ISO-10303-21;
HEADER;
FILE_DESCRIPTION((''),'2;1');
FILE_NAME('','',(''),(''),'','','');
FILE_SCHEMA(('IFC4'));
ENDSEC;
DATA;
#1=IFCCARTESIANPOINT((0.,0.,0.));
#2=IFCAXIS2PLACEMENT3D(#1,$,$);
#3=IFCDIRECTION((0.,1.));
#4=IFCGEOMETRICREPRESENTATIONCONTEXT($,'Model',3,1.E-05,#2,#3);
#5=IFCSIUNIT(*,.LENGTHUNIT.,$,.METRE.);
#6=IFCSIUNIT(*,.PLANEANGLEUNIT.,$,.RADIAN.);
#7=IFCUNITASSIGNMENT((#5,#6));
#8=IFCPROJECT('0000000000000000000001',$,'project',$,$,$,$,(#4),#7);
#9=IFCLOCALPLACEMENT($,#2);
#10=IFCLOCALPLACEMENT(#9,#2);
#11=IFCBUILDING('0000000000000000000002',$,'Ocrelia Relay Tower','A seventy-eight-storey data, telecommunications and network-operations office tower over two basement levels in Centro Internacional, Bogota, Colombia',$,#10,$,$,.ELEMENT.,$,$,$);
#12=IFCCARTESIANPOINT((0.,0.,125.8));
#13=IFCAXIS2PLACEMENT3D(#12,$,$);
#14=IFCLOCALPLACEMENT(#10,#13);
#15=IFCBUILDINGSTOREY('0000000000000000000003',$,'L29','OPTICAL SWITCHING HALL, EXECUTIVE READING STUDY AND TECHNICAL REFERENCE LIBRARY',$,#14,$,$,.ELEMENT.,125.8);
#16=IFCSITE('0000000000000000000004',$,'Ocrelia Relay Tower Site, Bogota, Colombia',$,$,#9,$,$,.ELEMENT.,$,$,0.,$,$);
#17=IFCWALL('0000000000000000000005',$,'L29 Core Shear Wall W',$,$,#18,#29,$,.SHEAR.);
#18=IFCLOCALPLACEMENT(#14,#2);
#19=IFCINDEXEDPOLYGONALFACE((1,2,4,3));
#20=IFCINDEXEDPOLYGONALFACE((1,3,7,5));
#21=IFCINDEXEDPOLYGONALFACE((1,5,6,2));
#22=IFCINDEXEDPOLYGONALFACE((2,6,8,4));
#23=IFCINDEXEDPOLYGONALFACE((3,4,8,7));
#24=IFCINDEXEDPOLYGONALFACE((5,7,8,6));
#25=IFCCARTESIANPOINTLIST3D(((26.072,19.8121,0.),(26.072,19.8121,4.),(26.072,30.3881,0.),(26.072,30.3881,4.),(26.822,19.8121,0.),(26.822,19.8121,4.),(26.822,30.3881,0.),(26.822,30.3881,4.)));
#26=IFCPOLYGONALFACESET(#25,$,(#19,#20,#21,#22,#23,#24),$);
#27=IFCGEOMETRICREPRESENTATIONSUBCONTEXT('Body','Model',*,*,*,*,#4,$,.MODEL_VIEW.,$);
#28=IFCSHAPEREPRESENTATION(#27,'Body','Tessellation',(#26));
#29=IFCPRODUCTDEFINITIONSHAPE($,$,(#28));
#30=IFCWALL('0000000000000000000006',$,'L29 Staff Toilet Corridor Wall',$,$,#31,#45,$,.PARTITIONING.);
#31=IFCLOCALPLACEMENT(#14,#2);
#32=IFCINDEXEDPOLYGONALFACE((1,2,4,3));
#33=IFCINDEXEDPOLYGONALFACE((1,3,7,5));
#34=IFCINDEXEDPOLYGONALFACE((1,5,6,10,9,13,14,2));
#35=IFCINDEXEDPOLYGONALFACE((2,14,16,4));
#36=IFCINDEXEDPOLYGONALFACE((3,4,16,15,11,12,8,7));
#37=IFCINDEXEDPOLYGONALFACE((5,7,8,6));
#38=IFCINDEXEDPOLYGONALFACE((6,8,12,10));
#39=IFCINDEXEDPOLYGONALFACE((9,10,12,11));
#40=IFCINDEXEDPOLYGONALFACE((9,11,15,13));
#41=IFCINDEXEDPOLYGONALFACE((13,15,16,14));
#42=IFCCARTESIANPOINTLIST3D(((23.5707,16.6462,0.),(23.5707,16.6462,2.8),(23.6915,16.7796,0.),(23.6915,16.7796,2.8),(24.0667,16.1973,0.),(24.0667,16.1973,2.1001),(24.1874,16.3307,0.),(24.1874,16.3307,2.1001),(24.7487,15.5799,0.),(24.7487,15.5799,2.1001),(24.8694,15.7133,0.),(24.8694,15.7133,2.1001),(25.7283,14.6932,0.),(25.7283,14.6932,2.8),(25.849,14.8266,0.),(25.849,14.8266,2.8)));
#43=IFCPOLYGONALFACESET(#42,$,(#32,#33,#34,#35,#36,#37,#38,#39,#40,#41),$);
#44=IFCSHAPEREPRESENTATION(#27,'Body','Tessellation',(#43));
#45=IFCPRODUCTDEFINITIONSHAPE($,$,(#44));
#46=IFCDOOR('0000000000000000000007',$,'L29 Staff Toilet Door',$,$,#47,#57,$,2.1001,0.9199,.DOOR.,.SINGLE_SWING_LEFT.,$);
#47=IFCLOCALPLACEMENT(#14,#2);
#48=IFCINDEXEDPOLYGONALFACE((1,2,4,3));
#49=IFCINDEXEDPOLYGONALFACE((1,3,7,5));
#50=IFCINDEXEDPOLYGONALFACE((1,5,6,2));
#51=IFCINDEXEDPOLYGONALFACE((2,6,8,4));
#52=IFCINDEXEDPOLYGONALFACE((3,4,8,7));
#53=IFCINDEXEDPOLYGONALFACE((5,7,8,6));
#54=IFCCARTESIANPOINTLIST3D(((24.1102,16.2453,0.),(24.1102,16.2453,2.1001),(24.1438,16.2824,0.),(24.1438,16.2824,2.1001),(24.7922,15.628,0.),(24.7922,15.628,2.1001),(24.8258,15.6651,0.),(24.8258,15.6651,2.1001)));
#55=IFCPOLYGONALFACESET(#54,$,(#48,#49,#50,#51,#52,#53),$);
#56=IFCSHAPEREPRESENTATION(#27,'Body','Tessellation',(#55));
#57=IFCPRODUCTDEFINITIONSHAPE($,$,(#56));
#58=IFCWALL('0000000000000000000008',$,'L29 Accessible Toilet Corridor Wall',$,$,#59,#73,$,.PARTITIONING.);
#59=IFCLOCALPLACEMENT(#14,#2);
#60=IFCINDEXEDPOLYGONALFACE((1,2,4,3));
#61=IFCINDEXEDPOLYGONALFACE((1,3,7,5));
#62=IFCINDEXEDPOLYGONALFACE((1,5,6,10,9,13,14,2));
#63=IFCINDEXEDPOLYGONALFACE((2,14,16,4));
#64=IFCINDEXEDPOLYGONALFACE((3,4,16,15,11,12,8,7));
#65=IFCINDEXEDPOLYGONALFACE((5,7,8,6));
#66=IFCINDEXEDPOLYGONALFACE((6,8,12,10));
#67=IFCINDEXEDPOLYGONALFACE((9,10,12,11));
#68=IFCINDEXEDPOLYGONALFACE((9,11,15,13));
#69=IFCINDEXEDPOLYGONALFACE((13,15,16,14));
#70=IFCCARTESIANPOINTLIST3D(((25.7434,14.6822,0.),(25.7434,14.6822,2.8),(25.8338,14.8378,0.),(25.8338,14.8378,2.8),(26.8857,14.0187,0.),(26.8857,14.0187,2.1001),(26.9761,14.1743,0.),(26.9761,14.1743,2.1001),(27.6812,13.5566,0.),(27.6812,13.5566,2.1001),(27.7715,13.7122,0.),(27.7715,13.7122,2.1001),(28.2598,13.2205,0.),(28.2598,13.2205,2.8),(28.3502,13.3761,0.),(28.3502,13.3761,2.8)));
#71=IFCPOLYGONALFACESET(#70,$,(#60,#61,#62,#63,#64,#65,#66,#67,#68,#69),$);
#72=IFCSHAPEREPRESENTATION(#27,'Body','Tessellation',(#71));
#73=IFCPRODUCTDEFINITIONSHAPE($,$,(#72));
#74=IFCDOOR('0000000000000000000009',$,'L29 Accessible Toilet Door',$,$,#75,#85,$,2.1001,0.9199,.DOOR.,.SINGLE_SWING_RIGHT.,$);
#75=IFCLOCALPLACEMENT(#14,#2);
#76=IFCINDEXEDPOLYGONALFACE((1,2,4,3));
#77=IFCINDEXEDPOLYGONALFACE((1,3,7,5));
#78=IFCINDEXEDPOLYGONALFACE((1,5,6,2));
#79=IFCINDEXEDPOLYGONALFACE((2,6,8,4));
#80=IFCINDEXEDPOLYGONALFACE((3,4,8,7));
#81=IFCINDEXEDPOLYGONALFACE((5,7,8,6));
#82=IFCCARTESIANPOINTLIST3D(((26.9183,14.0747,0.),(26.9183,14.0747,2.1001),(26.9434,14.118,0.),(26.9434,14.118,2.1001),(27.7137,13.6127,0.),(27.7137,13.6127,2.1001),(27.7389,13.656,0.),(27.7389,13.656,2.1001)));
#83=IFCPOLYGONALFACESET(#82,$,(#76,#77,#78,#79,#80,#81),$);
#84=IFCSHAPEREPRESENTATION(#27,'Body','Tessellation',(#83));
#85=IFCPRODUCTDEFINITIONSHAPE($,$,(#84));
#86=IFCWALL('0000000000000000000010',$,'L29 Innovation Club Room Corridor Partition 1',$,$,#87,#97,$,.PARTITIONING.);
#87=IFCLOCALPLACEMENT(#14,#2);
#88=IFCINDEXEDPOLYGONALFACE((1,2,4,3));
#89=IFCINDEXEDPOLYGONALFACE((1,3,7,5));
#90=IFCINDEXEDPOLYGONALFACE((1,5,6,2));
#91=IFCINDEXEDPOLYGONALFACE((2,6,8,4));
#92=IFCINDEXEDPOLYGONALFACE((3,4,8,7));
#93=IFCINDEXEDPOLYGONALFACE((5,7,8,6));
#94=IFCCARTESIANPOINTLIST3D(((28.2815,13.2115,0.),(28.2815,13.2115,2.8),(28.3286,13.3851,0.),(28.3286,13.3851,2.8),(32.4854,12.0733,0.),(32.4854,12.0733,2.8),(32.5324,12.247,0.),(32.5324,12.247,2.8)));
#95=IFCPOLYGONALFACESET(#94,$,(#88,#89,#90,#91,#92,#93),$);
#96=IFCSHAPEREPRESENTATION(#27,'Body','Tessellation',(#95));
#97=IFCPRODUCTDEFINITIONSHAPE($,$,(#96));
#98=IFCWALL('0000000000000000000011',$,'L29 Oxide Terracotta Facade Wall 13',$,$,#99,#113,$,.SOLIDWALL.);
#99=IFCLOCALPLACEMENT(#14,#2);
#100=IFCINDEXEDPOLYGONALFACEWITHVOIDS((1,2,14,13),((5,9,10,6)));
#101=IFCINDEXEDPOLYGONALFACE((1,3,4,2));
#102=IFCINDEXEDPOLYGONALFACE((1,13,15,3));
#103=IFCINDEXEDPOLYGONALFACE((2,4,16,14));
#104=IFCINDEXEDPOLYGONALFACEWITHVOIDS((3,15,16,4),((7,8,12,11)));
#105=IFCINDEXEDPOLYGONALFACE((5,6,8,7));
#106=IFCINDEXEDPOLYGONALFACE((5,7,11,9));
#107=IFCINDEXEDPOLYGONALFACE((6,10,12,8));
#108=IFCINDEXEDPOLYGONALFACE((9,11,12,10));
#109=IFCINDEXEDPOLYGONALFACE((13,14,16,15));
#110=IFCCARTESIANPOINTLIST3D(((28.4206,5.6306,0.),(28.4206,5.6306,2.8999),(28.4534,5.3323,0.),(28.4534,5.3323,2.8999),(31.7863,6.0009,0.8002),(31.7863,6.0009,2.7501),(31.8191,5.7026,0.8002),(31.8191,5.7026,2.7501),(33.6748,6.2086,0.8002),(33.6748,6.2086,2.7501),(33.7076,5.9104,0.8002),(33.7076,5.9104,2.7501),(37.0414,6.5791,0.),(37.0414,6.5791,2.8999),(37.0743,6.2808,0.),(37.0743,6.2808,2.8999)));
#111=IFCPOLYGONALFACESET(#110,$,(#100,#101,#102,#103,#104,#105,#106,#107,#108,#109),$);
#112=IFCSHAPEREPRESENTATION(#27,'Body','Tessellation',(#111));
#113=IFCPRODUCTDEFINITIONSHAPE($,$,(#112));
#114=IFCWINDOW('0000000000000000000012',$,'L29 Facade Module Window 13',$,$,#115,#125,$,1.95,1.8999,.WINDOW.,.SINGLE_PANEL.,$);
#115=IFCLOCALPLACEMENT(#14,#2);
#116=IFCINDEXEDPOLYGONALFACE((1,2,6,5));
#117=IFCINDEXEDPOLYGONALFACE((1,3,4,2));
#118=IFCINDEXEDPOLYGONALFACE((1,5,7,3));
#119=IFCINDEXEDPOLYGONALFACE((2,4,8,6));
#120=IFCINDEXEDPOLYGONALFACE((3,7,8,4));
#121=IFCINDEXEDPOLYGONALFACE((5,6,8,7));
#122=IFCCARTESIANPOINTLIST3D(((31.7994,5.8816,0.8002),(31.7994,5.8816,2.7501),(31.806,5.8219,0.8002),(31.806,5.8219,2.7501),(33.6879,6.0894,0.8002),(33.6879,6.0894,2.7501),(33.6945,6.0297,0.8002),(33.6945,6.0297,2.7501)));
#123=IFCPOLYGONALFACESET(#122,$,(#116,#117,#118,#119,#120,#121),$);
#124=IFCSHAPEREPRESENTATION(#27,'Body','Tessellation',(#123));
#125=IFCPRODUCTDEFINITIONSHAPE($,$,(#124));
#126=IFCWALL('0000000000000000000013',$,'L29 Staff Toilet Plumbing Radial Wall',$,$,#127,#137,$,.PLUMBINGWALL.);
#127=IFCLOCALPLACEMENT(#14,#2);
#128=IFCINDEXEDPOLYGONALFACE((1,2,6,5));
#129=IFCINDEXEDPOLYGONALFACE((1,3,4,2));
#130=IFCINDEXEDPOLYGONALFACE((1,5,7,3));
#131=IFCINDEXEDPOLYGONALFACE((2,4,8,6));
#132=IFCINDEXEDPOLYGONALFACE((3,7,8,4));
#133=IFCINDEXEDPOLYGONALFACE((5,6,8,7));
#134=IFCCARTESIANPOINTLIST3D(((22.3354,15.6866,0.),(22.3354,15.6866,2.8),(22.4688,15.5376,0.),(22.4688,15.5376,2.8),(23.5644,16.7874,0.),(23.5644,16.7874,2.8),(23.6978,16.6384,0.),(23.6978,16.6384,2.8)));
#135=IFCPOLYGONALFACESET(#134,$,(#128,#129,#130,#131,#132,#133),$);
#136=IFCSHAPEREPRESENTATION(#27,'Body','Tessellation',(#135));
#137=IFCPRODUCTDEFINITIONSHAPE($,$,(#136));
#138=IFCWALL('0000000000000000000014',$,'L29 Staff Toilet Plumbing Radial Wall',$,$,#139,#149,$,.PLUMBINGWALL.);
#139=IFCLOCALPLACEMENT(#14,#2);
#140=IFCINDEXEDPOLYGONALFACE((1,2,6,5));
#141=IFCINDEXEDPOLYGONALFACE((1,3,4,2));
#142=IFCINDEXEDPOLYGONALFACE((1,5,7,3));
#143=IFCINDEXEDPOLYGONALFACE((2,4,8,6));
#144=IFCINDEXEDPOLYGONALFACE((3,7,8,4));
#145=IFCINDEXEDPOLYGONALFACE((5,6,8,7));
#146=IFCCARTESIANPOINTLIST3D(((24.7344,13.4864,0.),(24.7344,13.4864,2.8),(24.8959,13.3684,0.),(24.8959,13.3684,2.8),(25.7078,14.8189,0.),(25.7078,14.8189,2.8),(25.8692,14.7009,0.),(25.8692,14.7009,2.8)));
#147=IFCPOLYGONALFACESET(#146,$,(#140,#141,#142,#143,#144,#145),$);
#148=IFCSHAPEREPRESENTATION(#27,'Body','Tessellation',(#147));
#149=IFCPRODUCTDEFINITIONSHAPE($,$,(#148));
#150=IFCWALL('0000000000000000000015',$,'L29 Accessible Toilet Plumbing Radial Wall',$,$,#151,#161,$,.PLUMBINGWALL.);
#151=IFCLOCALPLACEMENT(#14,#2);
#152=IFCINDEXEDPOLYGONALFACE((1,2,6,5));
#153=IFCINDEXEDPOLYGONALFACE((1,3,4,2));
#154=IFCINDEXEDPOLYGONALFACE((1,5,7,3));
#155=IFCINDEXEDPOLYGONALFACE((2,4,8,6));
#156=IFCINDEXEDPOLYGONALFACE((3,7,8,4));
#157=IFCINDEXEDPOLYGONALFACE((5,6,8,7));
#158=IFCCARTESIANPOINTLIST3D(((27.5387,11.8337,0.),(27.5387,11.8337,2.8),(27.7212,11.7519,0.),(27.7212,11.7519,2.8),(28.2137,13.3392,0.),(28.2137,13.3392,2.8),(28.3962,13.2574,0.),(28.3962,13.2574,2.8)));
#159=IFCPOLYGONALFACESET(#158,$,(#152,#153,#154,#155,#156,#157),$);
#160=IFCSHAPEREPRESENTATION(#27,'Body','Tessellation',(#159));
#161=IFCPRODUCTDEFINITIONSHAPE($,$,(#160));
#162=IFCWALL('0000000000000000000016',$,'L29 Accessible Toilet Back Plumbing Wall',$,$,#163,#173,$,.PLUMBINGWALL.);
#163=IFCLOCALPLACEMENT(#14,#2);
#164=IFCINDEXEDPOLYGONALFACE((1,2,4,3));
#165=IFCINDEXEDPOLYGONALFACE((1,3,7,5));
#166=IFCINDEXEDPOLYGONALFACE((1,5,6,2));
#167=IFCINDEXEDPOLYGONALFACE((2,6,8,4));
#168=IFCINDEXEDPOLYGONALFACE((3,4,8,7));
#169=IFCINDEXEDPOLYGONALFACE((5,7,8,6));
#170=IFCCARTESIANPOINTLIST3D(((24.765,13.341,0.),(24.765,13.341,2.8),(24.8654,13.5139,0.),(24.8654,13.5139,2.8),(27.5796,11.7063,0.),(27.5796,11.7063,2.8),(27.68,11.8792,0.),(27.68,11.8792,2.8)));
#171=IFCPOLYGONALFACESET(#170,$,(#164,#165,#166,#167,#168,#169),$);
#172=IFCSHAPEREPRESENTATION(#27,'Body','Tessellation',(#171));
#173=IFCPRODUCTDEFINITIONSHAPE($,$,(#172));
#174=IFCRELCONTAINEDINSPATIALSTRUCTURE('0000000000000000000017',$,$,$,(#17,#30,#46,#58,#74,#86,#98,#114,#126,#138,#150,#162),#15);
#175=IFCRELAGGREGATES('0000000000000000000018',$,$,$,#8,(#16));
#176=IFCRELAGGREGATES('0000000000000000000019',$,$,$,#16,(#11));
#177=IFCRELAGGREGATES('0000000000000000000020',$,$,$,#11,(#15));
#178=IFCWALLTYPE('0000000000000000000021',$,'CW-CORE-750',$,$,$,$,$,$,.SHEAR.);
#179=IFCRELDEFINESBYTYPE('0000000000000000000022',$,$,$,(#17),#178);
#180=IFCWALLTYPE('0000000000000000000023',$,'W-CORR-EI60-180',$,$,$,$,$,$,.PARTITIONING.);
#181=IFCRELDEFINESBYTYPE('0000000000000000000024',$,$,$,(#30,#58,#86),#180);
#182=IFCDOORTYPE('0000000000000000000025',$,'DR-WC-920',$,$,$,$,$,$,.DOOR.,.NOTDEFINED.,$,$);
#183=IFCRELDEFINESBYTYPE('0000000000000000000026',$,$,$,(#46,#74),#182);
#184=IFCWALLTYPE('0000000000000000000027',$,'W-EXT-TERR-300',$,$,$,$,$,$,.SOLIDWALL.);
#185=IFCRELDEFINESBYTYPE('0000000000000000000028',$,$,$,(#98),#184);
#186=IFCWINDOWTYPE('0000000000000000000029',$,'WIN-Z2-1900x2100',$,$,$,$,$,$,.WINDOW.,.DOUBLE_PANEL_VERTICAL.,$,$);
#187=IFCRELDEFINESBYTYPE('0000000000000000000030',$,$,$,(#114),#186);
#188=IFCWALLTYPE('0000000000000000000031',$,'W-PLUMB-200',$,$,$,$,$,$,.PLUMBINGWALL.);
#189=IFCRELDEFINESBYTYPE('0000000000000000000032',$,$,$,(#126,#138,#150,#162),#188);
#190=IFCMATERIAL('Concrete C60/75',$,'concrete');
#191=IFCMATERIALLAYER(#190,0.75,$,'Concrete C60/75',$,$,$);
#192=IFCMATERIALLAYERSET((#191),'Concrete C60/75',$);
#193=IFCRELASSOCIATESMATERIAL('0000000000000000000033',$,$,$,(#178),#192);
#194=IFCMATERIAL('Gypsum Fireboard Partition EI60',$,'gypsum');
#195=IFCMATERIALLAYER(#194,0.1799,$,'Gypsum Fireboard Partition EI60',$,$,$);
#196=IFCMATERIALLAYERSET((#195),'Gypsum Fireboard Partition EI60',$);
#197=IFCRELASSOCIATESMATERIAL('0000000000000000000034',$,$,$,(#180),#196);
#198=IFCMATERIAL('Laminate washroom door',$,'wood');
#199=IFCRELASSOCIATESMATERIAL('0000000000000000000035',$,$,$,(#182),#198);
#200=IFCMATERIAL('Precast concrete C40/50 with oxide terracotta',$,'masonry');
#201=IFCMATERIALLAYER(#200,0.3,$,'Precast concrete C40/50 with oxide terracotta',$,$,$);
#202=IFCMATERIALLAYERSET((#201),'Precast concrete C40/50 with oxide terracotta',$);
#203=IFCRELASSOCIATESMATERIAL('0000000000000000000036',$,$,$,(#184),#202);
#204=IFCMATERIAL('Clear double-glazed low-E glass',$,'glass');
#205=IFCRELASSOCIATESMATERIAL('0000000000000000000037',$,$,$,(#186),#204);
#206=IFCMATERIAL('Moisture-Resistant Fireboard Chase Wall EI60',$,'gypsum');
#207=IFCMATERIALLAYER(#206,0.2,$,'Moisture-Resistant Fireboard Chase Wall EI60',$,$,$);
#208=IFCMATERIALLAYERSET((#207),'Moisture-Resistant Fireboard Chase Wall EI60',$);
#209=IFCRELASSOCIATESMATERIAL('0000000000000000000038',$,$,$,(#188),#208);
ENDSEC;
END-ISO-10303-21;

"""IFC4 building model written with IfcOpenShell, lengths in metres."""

from ifc_helpers import new_model, si_unit, direction, frame, frame_2d, origin, place, context, subcontext, project, spatial, rectangle, extrude, material, layer, layer_set, type_object, element, fill, save


model = new_model("IFC4")

# Units and contexts
model_context = context("Model", 3, precision=1e-05, world=origin(), true_north=direction((0.0, 1.0)))
body_context = subcontext(model_context, "Body", "Model", "MODEL_VIEW")
ifc_project = project(units=[si_unit("LENGTHUNIT", "METRE"), si_unit("PLANEANGLEUNIT", "RADIAN")], contexts=[model_context])

# Site, building, storey
site_placement = place(None, origin())
site = spatial("IfcSite", under=ifc_project, at=site_placement, Name="Ocrelia Relay Tower Site, Bogota, Colombia", CompositionType="ELEMENT", RefElevation=0.0)
building_placement = place(site_placement, origin())
building = spatial("IfcBuilding", under=site, at=building_placement, Name="Ocrelia Relay Tower", Description="A seventy-eight-storey data, telecommunications and network-operations office tower over two basement levels in Centro Internacional, Bogota, Colombia", CompositionType="ELEMENT")
storey_placement = place(building_placement, frame((0.0, 0.0, 125.8)))
storey = spatial("IfcBuildingStorey", under=building, at=storey_placement, Name="L29", Description="OPTICAL SWITCHING HALL, EXECUTIVE READING STUDY AND TECHNICAL REFERENCE LIBRARY", CompositionType="ELEMENT", Elevation=125.8)

# Shared definitions
ifc_material_1 = material(Name="Concrete C60/75", Category="concrete")

# Wall
ifc_layer_1 = layer(ifc_material_1, 0.75, Name="Concrete C60/75")
ifc_layer_set_1 = layer_set([ifc_layer_1], Name="Concrete C60/75")
wall_type_1 = type_object("IfcWallType", Name="CW-CORE-750", PredefinedType="SHEAR", material=ifc_layer_set_1)
wall_1_placement = place(storey_placement, frame((26.447, 19.812, 0.0), z_axis=(0.0, 0.0, 1.0), x_axis=(0.0, 1.0, 0.0)))
element("IfcWall", 1, at=wall_1_placement, inside=storey, type_object=wall_type_1, Name="L29 Core Shear Wall W", PredefinedType="SHEAR", context=body_context, shape_type="SweptSolid", body=[
    extrude(rectangle(XDim=10.5759, YDim=0.75, at=frame_2d((5.2881, 0.0))), origin(), (0.0, 0.0, 1.0), 4.0),
])

# Walls, openings, doors
ifc_material_2 = material(Name="Gypsum Fireboard Partition EI60", Category="gypsum")
ifc_layer_2 = layer(ifc_material_2, 0.1799, Name="Gypsum Fireboard Partition EI60")
ifc_layer_set_2 = layer_set([ifc_layer_2], Name="Gypsum Fireboard Partition EI60")
wall_type_2 = type_object("IfcWallType", Name="W-CORR-EI60-180", PredefinedType="PARTITIONING", material=ifc_layer_set_2)
wall_2_placement = place(storey_placement, frame((23.6311, 16.7129, 0.0), z_axis=(0.0, 0.0, 1.0), x_axis=(0.741385, -0.67108, 0.0)))
wall_2 = element("IfcWall", 2, at=wall_2_placement, inside=storey, type_object=wall_type_2, Name="L29 Staff Toilet Corridor Wall", PredefinedType="PARTITIONING", context=body_context, shape_type="SweptSolid", body=[
    extrude(rectangle(XDim=2.9102, YDim=0.1799, at=frame_2d((1.4551, 0.0))), origin(), (0.0, 0.0, 1.0), 2.8),
])
opening_1_placement = place(wall_2_placement, frame((0.6689, 0.0, 0.0)))
opening_1 = element("IfcOpeningElement", 3, at=opening_1_placement, cuts=wall_2, PredefinedType="OPENING", context=body_context, shape_type="SweptSolid", body=[
    extrude(rectangle(XDim=0.9199, YDim=2.1001, at=frame_2d((0.46, 1.05))), frame((0.0, 0.1001, 0.0), z_axis=(0.0, -1.0, 0.0), x_axis=(1.0, 0.0, 0.0)), (0.0, 0.0, 1.0), 0.2),
])
ifc_material_3 = material(Name="Laminate washroom door", Category="wood")
door_type = type_object("IfcDoorType", Name="DR-WC-920", OperationType="NOTDEFINED", PredefinedType="DOOR", material=ifc_material_3)
door_1_placement = place(opening_1_placement, origin())
door_1 = element("IfcDoor", 4, at=door_1_placement, inside=storey, type_object=door_type, Name="L29 Staff Toilet Door", OperationType="SINGLE_SWING_LEFT", OverallHeight=2.1001, OverallWidth=0.9199, PredefinedType="DOOR", context=body_context, shape_type="SweptSolid", body=[
    extrude(rectangle(XDim=0.9199, YDim=2.1001, at=frame_2d((0.46, 1.05))), frame((0.0, 0.0249, 0.0), z_axis=(0.0, -1.0, 0.0), x_axis=(1.0, 0.0, 0.0)), (0.0, 0.0, 1.0), 0.05),
])
fill(opening_1, door_1)
wall_3_placement = place(storey_placement, frame((25.7886, 14.76, 0.0), z_axis=(0.0, 0.0, 1.0), x_axis=(0.864705, -0.502279, 0.0)))
wall_3 = element("IfcWall", 5, at=wall_3_placement, inside=storey, type_object=wall_type_2, Name="L29 Accessible Toilet Corridor Wall", PredefinedType="PARTITIONING", context=body_context, shape_type="SweptSolid", body=[
    extrude(rectangle(XDim=2.9102, YDim=0.1799, at=frame_2d((1.4551, 0.0))), origin(), (0.0, 0.0, 1.0), 2.8),
])
opening_2_placement = place(wall_3_placement, frame((1.321, 0.0, 0.0)))
opening_2 = element("IfcOpeningElement", 6, at=opening_2_placement, cuts=wall_3, PredefinedType="OPENING", context=body_context, shape_type="SweptSolid", body=[
    extrude(rectangle(XDim=0.9199, YDim=2.1001, at=frame_2d((0.46, 1.05))), frame((0.0, 0.1001, 0.0), z_axis=(0.0, -1.0, 0.0), x_axis=(1.0, 0.0, 0.0)), (0.0, 0.0, 1.0), 0.2),
])
door_2_placement = place(opening_2_placement, origin())
door_2 = element("IfcDoor", 7, at=door_2_placement, inside=storey, type_object=door_type, Name="L29 Accessible Toilet Door", OperationType="SINGLE_SWING_RIGHT", OverallHeight=2.1001, OverallWidth=0.9199, PredefinedType="DOOR", context=body_context, shape_type="SweptSolid", body=[
    extrude(rectangle(XDim=0.9199, YDim=2.1001, at=frame_2d((0.46, 1.05))), frame((0.0, 0.0249, 0.0), z_axis=(0.0, -1.0, 0.0), x_axis=(1.0, 0.0, 0.0)), (0.0, 0.0, 1.0), 0.05),
])
fill(opening_2, door_2)

# Wall
wall_4_placement = place(storey_placement, frame((28.3049, 13.2983, 0.0), z_axis=(0.0, 0.0, 1.0), x_axis=(0.965247, -0.261338, 0.0)))
element("IfcWall", 8, at=wall_4_placement, inside=storey, type_object=wall_type_2, Name="L29 Innovation Club Room Corridor Partition 1", PredefinedType="PARTITIONING", context=body_context, shape_type="SweptSolid", body=[
    extrude(rectangle(XDim=4.3552, YDim=0.1799, at=frame_2d((2.1777, 0.0))), origin(), (0.0, 0.0, 1.0), 2.8),
])

# Wall, opening, window
ifc_material_4 = material(Name="Precast concrete C40/50 with oxide terracotta", Category="masonry")
ifc_layer_3 = layer(ifc_material_4, 0.3, Name="Precast concrete C40/50 with oxide terracotta")
ifc_layer_set_3 = layer_set([ifc_layer_3], Name="Precast concrete C40/50 with oxide terracotta")
wall_type_3 = type_object("IfcWallType", Name="W-EXT-TERR-300", PredefinedType="SOLIDWALL", material=ifc_layer_set_3)
wall_5_placement = place(storey_placement, frame((28.437, 5.4814, 0.0), z_axis=(0.0, 0.0, 1.0), x_axis=(0.994002, 0.109362, 0.0)))
wall_5 = element("IfcWall", 9, at=wall_5_placement, inside=storey, type_object=wall_type_3, Name="L29 Oxide Terracotta Facade Wall 13", PredefinedType="SOLIDWALL", context=body_context, shape_type="SweptSolid", body=[
    extrude(rectangle(XDim=8.6729, YDim=0.3, at=frame_2d((4.3364, 0.0))), origin(), (0.0, 0.0, 1.0), 2.8999),
])
opening_3_placement = place(wall_5_placement, frame((3.386, 0.0, 0.8)))
opening_3 = element("IfcOpeningElement", 10, at=opening_3_placement, cuts=wall_5, PredefinedType="OPENING", context=body_context, shape_type="SweptSolid", body=[
    extrude(rectangle(XDim=1.8999, YDim=1.95, at=frame_2d((0.95, 0.9751))), frame((0.0, 0.1602, 0.0), z_axis=(0.0, -1.0, 0.0), x_axis=(1.0, 0.0, 0.0)), (0.0, 0.0, 1.0), 0.3201),
])
ifc_material_5 = material(Name="Clear double-glazed low-E glass", Category="glass")
window_type = type_object("IfcWindowType", Name="WIN-Z2-1900x2100", PartitioningType="DOUBLE_PANEL_VERTICAL", PredefinedType="WINDOW", material=ifc_material_5)
window_placement = place(opening_3_placement, origin())
window = element("IfcWindow", 11, at=window_placement, inside=storey, type_object=window_type, Name="L29 Facade Module Window 13", OverallHeight=1.95, OverallWidth=1.8999, PartitioningType="SINGLE_PANEL", PredefinedType="WINDOW", context=body_context, shape_type="SweptSolid", body=[
    extrude(rectangle(XDim=1.8999, YDim=1.95, at=frame_2d((0.95, 0.9751))), frame((0.0, 0.03, 0.0), z_axis=(0.0, -1.0, 0.0), x_axis=(1.0, 0.0, 0.0)), (0.0, 0.0, 1.0), 0.0601),
])
fill(opening_3, window)

# Walls
ifc_material_6 = material(Name="Moisture-Resistant Fireboard Chase Wall EI60", Category="gypsum")
ifc_layer_4 = layer(ifc_material_6, 0.2, Name="Moisture-Resistant Fireboard Chase Wall EI60")
ifc_layer_set_4 = layer_set([ifc_layer_4], Name="Moisture-Resistant Fireboard Chase Wall EI60")
wall_type_4 = type_object("IfcWallType", Name="W-PLUMB-200", PredefinedType="PLUMBINGWALL", material=ifc_layer_set_4)
wall_6_placement = place(storey_placement, frame((23.6311, 16.7129, 0.0), z_axis=(0.0, 0.0, 1.0), x_axis=(-0.744881, -0.667197, 0.0)))
element("IfcWall", 12, at=wall_6_placement, inside=storey, type_object=wall_type_4, Name="L29 Staff Toilet Plumbing Radial Wall", PredefinedType="PLUMBINGWALL", context=body_context, shape_type="SweptSolid", body=[
    extrude(rectangle(XDim=1.6499, YDim=0.2, at=frame_2d((0.825, 0.0))), origin(), (0.0, 0.0, 1.0), 2.8),
])
wall_7_placement = place(storey_placement, frame((25.7886, 14.76, 0.0), z_axis=(0.0, 0.0, 1.0), x_axis=(-0.589868, -0.8075, 0.0)))
element("IfcWall", 13, at=wall_7_placement, inside=storey, type_object=wall_type_4, Name="L29 Staff Toilet Plumbing Radial Wall", PredefinedType="PLUMBINGWALL", context=body_context, shape_type="SweptSolid", body=[
    extrude(rectangle(XDim=1.6501, YDim=0.2, at=frame_2d((0.8252, 0.0))), origin(), (0.0, 0.0, 1.0), 2.8),
])
wall_8_placement = place(storey_placement, frame((28.3049, 13.2983, 0.0), z_axis=(0.0, 0.0, 1.0), x_axis=(-0.409115, -0.912483, 0.0)))
element("IfcWall", 14, at=wall_8_placement, inside=storey, type_object=wall_type_4, Name="L29 Accessible Toilet Plumbing Radial Wall", PredefinedType="PLUMBINGWALL", context=body_context, shape_type="SweptSolid", body=[
    extrude(rectangle(XDim=1.6499, YDim=0.2, at=frame_2d((0.825, 0.0))), origin(), (0.0, 0.0, 1.0), 2.8),
])
wall_9_placement = place(storey_placement, frame((24.8152, 13.4275, 0.0), z_axis=(0.0, 0.0, 1.0), x_axis=(0.864732, -0.502233, 0.0)))
element("IfcWall", 15, at=wall_9_placement, inside=storey, type_object=wall_type_4, Name="L29 Accessible Toilet Back Plumbing Wall", PredefinedType="PLUMBINGWALL", context=body_context, shape_type="SweptSolid", body=[
    extrude(rectangle(XDim=3.2549, YDim=0.2, at=frame_2d((1.6274, 0.0))), origin(), (0.0, 0.0, 1.0), 2.8),
])

save(model, "model.ifc")
